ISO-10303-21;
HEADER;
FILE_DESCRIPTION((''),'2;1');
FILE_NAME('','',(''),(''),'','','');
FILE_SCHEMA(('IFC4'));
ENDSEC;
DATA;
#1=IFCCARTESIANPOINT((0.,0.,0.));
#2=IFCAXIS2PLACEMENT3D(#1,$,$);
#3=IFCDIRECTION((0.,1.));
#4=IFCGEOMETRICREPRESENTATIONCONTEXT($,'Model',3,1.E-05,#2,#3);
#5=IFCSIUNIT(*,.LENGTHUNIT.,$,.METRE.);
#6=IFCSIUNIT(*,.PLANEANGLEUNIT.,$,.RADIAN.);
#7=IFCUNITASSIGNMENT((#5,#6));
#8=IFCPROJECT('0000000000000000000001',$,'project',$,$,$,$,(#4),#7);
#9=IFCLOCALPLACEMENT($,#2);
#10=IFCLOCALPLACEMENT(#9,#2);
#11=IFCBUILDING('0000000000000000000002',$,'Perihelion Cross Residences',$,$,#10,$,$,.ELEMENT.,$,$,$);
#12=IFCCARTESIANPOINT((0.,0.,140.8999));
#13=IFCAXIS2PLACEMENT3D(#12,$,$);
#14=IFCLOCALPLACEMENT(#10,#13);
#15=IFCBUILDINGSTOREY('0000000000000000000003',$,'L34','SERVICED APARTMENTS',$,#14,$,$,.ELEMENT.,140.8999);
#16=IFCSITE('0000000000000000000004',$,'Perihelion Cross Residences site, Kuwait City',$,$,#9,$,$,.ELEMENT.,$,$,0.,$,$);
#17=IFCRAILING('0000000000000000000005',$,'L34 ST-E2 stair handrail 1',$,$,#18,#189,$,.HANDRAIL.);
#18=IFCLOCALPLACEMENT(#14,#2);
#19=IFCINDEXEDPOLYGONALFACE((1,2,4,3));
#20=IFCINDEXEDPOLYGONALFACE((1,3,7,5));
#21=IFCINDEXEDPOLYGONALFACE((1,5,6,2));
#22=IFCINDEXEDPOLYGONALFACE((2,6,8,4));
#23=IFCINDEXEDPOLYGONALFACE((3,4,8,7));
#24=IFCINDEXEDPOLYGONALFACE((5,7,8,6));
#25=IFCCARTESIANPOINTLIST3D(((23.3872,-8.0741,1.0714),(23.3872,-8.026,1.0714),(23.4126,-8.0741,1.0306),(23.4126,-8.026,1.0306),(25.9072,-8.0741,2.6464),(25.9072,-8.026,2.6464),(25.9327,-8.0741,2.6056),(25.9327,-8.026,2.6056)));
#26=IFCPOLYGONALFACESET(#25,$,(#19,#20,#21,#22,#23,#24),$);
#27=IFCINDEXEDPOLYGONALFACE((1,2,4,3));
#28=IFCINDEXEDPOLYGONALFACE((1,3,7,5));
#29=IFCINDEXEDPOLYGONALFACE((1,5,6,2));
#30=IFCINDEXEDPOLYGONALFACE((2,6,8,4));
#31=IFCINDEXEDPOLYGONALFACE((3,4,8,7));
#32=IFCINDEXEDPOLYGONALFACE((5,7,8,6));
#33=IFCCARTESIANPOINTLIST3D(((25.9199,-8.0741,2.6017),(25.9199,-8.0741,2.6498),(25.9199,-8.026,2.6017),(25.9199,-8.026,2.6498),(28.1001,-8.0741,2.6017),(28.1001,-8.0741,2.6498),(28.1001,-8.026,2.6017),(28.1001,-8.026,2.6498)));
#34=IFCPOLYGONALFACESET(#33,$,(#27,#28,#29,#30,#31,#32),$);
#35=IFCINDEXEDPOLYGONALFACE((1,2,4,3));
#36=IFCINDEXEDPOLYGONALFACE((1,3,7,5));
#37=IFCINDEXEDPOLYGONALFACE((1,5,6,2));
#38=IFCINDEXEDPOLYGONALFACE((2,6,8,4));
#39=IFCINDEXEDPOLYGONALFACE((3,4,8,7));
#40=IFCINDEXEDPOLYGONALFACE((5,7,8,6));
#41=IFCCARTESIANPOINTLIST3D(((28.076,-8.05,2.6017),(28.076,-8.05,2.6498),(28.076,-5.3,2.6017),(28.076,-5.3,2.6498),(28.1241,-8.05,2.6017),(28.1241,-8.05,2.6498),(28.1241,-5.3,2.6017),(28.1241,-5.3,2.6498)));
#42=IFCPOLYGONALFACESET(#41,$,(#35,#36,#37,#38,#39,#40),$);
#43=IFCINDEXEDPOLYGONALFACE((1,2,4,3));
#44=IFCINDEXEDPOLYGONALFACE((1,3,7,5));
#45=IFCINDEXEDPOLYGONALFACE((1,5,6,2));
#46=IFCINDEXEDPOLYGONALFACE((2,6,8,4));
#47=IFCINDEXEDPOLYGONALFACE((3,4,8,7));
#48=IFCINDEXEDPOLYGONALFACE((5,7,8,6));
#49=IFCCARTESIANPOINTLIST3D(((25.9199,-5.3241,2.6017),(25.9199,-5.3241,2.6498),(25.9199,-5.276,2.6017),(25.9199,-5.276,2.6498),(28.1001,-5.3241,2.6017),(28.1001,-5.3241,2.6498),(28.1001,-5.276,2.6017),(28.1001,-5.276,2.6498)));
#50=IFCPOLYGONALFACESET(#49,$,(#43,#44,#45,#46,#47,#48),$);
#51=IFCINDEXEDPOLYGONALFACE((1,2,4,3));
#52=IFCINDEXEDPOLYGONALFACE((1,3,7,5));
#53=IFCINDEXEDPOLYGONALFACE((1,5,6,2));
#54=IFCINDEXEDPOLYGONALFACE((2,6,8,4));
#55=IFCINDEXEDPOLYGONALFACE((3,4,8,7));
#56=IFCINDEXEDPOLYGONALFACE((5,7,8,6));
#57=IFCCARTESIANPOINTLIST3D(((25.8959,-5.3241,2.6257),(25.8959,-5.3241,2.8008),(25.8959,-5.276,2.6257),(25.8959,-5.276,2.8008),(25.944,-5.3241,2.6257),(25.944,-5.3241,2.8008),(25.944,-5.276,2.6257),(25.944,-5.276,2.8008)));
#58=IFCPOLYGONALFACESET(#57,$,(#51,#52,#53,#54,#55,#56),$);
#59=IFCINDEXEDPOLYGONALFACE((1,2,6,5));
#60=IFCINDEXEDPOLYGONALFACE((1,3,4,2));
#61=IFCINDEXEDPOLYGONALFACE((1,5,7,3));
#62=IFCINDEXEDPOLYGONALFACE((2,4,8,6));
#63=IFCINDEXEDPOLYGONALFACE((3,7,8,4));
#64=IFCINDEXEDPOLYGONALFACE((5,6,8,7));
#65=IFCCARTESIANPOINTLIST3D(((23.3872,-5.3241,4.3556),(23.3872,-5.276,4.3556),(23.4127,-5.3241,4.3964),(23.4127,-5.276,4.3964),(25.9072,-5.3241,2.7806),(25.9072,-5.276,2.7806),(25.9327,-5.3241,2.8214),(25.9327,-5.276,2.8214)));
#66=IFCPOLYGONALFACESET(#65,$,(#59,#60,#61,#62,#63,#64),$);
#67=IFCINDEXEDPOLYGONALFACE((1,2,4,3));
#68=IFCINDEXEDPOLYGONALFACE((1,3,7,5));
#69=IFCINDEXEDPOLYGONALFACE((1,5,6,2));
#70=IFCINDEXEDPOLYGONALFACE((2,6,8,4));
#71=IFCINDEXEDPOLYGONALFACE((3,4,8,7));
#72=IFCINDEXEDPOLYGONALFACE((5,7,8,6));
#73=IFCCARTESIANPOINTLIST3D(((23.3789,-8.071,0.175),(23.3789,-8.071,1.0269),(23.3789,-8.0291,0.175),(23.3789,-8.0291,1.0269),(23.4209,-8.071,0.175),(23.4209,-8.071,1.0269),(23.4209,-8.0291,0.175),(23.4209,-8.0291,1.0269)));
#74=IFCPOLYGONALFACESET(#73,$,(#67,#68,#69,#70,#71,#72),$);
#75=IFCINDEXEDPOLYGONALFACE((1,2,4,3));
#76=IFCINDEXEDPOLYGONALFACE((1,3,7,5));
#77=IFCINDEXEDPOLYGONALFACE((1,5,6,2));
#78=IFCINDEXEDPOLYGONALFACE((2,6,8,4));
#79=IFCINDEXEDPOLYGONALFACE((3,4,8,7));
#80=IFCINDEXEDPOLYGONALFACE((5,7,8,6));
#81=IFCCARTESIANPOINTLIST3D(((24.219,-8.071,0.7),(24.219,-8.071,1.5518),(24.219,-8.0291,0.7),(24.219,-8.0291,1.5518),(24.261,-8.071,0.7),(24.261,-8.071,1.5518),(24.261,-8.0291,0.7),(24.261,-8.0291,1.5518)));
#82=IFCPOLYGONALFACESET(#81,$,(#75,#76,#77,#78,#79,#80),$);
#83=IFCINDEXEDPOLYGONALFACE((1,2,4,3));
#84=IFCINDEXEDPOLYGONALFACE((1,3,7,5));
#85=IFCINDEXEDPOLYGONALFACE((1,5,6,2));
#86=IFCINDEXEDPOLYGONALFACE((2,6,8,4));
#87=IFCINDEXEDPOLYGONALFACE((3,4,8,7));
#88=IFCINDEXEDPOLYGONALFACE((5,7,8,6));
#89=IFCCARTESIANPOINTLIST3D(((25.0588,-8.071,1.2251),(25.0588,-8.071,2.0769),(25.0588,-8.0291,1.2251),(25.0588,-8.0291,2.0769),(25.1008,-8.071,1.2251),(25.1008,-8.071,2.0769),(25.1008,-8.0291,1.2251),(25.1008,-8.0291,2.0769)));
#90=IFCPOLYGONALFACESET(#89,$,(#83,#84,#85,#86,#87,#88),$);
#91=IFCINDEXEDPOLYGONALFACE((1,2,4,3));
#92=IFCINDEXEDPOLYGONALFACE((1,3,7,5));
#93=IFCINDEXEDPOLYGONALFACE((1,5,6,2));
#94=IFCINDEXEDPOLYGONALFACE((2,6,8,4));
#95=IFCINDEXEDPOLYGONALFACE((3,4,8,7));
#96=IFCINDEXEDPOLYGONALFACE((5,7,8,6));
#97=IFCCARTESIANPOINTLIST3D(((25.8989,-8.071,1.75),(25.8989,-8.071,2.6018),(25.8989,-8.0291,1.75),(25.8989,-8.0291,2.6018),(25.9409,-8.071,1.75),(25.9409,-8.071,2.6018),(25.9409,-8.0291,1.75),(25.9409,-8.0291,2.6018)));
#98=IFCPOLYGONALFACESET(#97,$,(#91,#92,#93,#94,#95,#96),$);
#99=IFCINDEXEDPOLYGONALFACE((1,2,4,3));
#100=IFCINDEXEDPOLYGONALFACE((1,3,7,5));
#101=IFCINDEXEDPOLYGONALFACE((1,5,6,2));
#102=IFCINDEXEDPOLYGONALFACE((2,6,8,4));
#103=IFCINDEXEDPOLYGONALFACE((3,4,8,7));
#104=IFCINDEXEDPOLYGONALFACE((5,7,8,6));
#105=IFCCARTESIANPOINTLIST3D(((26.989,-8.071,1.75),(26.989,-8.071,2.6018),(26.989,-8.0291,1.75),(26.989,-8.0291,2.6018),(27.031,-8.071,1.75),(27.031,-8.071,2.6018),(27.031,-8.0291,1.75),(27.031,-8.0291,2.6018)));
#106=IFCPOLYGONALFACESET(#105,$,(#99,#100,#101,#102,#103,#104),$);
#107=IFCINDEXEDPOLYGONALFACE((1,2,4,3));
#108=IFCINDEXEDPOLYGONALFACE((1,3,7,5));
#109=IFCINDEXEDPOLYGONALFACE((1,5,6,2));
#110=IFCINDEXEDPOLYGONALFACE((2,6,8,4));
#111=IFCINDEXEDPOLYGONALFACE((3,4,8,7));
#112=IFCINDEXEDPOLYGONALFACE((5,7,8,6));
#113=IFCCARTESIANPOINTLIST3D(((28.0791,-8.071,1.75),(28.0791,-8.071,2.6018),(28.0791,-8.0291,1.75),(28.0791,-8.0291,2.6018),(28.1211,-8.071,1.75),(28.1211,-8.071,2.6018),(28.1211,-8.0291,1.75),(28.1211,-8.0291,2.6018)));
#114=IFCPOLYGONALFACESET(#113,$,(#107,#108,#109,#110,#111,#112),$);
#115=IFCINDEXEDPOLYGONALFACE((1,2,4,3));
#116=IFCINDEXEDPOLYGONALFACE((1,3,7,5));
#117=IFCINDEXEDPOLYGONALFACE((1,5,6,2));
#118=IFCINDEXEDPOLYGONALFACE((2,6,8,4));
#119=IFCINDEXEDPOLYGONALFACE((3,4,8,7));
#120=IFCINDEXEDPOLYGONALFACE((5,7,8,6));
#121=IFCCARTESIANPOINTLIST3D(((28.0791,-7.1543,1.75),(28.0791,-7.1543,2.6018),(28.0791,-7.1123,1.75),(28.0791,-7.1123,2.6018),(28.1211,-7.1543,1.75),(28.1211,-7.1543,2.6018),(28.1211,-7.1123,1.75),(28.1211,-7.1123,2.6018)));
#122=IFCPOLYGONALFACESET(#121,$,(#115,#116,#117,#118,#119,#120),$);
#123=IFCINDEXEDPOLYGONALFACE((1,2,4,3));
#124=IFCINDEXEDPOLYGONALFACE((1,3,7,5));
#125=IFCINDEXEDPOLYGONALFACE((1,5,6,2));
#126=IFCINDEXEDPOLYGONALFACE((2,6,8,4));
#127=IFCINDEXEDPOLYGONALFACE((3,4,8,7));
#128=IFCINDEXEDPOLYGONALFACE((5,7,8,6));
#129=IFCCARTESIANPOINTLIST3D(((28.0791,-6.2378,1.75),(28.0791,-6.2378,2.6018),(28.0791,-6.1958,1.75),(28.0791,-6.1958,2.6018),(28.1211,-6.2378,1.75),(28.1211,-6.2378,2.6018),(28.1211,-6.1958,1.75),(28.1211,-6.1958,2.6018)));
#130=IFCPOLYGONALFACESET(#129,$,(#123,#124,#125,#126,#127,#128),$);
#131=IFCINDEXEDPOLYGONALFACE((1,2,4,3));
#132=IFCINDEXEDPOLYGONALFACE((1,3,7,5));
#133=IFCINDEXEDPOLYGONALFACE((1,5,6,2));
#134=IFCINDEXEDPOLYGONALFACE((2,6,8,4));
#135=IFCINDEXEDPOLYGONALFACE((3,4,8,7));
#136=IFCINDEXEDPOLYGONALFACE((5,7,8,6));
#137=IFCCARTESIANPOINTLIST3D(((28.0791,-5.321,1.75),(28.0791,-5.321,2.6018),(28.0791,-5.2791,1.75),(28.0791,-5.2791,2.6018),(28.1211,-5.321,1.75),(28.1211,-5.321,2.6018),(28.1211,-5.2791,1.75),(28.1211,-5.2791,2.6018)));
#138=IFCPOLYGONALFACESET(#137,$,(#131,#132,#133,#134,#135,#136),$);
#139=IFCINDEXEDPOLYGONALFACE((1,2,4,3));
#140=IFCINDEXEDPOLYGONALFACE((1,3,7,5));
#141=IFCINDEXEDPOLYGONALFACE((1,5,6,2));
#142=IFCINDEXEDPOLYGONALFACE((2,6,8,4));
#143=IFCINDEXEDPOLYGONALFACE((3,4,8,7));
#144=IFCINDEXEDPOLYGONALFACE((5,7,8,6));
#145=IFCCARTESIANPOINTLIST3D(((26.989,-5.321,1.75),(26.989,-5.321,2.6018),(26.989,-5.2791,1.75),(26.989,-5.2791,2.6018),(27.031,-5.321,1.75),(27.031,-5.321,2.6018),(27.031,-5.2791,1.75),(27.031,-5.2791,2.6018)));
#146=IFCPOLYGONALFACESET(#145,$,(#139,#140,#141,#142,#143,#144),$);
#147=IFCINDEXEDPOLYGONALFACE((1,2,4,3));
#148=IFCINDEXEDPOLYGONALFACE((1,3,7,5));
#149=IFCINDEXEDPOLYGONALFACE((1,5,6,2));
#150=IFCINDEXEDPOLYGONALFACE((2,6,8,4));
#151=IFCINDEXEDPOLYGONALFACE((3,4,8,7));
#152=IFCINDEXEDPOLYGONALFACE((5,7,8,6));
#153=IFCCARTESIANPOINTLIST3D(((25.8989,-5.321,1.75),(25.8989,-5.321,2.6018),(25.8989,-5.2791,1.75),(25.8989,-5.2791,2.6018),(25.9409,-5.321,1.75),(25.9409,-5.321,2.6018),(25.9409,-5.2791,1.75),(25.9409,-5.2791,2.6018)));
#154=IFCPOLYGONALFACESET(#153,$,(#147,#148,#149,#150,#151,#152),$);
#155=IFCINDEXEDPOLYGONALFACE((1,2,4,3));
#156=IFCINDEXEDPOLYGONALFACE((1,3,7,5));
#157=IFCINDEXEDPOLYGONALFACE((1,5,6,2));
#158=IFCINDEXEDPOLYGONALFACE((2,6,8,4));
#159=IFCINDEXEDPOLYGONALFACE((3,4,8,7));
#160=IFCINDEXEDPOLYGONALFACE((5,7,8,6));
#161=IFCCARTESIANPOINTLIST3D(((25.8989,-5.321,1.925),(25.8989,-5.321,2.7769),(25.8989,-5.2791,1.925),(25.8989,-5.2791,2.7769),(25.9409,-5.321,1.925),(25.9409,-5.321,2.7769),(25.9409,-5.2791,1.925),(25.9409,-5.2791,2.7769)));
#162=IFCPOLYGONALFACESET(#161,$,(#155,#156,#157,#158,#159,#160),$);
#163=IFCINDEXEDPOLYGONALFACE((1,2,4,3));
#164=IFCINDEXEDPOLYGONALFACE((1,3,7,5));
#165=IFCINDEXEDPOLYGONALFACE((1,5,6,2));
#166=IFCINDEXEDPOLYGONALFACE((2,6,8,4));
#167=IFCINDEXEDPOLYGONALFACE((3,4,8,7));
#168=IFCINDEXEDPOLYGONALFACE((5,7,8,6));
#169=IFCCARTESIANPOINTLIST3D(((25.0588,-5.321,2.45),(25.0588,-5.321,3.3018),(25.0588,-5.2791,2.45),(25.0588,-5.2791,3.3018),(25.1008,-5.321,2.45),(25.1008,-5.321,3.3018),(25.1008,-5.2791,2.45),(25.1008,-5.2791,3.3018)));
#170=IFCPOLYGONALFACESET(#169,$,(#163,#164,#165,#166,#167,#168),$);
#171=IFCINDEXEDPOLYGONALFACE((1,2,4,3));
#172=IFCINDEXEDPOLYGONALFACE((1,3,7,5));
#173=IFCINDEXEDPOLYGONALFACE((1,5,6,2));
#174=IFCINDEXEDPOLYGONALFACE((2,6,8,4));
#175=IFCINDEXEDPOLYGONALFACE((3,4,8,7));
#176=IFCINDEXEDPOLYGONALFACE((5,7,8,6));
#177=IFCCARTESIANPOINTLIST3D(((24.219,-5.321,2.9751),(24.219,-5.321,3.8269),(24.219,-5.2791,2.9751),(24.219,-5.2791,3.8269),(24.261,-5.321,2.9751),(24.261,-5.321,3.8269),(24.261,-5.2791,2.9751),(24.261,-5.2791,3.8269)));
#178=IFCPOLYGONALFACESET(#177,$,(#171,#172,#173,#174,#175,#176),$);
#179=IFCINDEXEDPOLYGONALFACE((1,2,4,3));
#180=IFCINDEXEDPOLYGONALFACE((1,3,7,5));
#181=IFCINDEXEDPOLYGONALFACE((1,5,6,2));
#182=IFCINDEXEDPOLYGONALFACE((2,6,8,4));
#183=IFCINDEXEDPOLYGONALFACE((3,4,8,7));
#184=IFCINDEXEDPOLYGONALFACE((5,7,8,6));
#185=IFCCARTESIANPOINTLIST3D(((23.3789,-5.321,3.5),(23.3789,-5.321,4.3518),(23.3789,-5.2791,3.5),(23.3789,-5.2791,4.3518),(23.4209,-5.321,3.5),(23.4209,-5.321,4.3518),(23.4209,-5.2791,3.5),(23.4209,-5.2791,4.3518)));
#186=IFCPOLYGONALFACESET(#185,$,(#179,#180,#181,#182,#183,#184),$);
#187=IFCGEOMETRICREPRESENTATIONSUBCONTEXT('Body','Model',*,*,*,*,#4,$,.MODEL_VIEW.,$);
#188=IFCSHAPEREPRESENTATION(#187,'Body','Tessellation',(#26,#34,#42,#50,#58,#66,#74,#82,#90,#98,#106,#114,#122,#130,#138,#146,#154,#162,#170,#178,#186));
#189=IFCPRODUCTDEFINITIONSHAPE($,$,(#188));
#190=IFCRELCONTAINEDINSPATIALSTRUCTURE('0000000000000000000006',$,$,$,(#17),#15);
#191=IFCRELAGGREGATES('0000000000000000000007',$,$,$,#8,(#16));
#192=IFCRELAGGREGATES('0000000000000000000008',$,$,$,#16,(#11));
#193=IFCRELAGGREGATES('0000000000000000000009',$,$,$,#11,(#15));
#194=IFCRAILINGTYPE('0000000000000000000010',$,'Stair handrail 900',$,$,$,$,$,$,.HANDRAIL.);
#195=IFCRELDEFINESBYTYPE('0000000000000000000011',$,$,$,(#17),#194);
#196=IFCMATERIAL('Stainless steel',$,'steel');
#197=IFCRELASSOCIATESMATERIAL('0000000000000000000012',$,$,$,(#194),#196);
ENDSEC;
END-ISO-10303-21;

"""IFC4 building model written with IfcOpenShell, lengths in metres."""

from ifc_helpers import new_model, si_unit, direction, frame, origin, origin_2d, place, context, subcontext, project, spatial, rectangle, extrude, material, type_object, element, save


model = new_model("IFC4")

# Units and contexts
model_context = context("Model", 3, precision=1e-05, world=origin(), true_north=direction((0.0, 1.0)))
body_context = subcontext(model_context, "Body", "Model", "MODEL_VIEW")
ifc_project = project(units=[si_unit("LENGTHUNIT", "METRE"), si_unit("PLANEANGLEUNIT", "RADIAN")], contexts=[model_context])

# Site, building, storey
site_placement = place(None, origin())
site = spatial("IfcSite", under=ifc_project, at=site_placement, Name="Perihelion Cross Residences site, Kuwait City", CompositionType="ELEMENT", RefElevation=0.0)
building_placement = place(site_placement, origin())
building = spatial("IfcBuilding", under=site, at=building_placement, Name="Perihelion Cross Residences", CompositionType="ELEMENT")
storey_placement = place(building_placement, frame((0.0, 0.0, 140.8999)))
storey = spatial("IfcBuildingStorey", under=building, at=storey_placement, Name="L34", Description="SERVICED APARTMENTS", CompositionType="ELEMENT", Elevation=140.8999)

# Railing
ifc_material_1 = material(Name="Stainless steel", Category="steel")
railing_type_1 = type_object("IfcRailingType", Name="Stair handrail 900", PredefinedType="HANDRAIL", material=ifc_material_1)
railing_1_placement = place(storey_placement, frame((23.3999, -8.05, 0.175)))
element("IfcRailing", 1, at=railing_1_placement, inside=storey, type_object=railing_type_1, Name="L34 ST-E2 stair handrail 1", PredefinedType="HANDRAIL", context=body_context, shape_type="SweptSolid", body=[
    extrude(rectangle(XDim=0.0481, YDim=0.0481, at=origin_2d()), frame((0.0, 0.0, 0.876), z_axis=(0.848008, 0.0, 0.529984), x_axis=(0.0, 1.0, 0.0)), (0.0, 0.0, 1.0), 2.9717),
    extrude(rectangle(XDim=0.0481, YDim=0.0481, at=origin_2d()), frame((2.52, 0.0, 2.4507), z_axis=(1.0, 0.0, 0.0), x_axis=(0.0, 1.0, 0.0)), (0.0, 0.0, 1.0), 2.1802),
    extrude(rectangle(XDim=0.0481, YDim=0.0481, at=origin_2d()), frame((4.7002, 0.0, 2.4507), z_axis=(0.0, 1.0, 0.0), x_axis=(-1.0, 0.0, 0.0)), (0.0, 0.0, 1.0), 2.75),
    extrude(rectangle(XDim=0.0481, YDim=0.0481, at=origin_2d()), frame((4.7002, 2.75, 2.4507), z_axis=(-1.0, 0.0, 0.0), x_axis=(0.0, -1.0, 0.0)), (0.0, 0.0, 1.0), 2.1802),
    extrude(rectangle(XDim=0.0481, YDim=0.0481, at=origin_2d()), frame((2.52, 2.75, 2.4507), z_axis=(0.0, 0.0, 1.0), x_axis=(1.0, 0.0, 0.0)), (0.0, 0.0, 1.0), 0.175),
    extrude(rectangle(XDim=0.0481, YDim=0.0481, at=origin_2d()), frame((2.52, 2.75, 2.626), z_axis=(-0.848008, 0.0, 0.529984), x_axis=(0.0, -1.0, 0.0)), (0.0, 0.0, 1.0), 2.9717),
    extrude(rectangle(XDim=0.042, YDim=0.042, at=origin_2d()), origin(), (0.0, 0.0, 1.0), 0.8518),
    extrude(rectangle(XDim=0.042, YDim=0.042, at=origin_2d()), frame((0.8401, 0.0, 0.5249)), (0.0, 0.0, 1.0), 0.8518),
    extrude(rectangle(XDim=0.042, YDim=0.042, at=origin_2d()), frame((1.6799, 0.0, 1.05)), (0.0, 0.0, 1.0), 0.8518),
    extrude(rectangle(XDim=0.042, YDim=0.042, at=origin_2d()), frame((2.52, 0.0, 1.575)), (0.0, 0.0, 1.0), 0.8518),
    extrude(rectangle(XDim=0.042, YDim=0.042, at=origin_2d()), frame((3.6101, 0.0, 1.575)), (0.0, 0.0, 1.0), 0.8518),
    extrude(rectangle(XDim=0.042, YDim=0.042, at=origin_2d()), frame((4.7002, 0.0, 1.575)), (0.0, 0.0, 1.0), 0.8518),
    extrude(rectangle(XDim=0.042, YDim=0.042, at=origin_2d()), frame((4.7002, 0.9167, 1.575)), (0.0, 0.0, 1.0), 0.8518),
    extrude(rectangle(XDim=0.042, YDim=0.042, at=origin_2d()), frame((4.7002, 1.8333, 1.575)), (0.0, 0.0, 1.0), 0.8518),
    extrude(rectangle(XDim=0.042, YDim=0.042, at=origin_2d()), frame((4.7002, 2.75, 1.575)), (0.0, 0.0, 1.0), 0.8518),
    extrude(rectangle(XDim=0.042, YDim=0.042, at=origin_2d()), frame((3.6101, 2.75, 1.575)), (0.0, 0.0, 1.0), 0.8518),
    extrude(rectangle(XDim=0.042, YDim=0.042, at=origin_2d()), frame((2.52, 2.75, 1.575)), (0.0, 0.0, 1.0), 0.8518),
    extrude(rectangle(XDim=0.042, YDim=0.042, at=origin_2d()), frame((2.52, 2.75, 1.75)), (0.0, 0.0, 1.0), 0.8518),
    extrude(rectangle(XDim=0.042, YDim=0.042, at=origin_2d()), frame((1.6799, 2.75, 2.2749)), (0.0, 0.0, 1.0), 0.8518),
    extrude(rectangle(XDim=0.042, YDim=0.042, at=origin_2d()), frame((0.8401, 2.75, 2.8)), (0.0, 0.0, 1.0), 0.8518),
    extrude(rectangle(XDim=0.042, YDim=0.042, at=origin_2d()), frame((0.0, 2.75, 3.325)), (0.0, 0.0, 1.0), 0.8518),
])

save(model, "model.ifc")
